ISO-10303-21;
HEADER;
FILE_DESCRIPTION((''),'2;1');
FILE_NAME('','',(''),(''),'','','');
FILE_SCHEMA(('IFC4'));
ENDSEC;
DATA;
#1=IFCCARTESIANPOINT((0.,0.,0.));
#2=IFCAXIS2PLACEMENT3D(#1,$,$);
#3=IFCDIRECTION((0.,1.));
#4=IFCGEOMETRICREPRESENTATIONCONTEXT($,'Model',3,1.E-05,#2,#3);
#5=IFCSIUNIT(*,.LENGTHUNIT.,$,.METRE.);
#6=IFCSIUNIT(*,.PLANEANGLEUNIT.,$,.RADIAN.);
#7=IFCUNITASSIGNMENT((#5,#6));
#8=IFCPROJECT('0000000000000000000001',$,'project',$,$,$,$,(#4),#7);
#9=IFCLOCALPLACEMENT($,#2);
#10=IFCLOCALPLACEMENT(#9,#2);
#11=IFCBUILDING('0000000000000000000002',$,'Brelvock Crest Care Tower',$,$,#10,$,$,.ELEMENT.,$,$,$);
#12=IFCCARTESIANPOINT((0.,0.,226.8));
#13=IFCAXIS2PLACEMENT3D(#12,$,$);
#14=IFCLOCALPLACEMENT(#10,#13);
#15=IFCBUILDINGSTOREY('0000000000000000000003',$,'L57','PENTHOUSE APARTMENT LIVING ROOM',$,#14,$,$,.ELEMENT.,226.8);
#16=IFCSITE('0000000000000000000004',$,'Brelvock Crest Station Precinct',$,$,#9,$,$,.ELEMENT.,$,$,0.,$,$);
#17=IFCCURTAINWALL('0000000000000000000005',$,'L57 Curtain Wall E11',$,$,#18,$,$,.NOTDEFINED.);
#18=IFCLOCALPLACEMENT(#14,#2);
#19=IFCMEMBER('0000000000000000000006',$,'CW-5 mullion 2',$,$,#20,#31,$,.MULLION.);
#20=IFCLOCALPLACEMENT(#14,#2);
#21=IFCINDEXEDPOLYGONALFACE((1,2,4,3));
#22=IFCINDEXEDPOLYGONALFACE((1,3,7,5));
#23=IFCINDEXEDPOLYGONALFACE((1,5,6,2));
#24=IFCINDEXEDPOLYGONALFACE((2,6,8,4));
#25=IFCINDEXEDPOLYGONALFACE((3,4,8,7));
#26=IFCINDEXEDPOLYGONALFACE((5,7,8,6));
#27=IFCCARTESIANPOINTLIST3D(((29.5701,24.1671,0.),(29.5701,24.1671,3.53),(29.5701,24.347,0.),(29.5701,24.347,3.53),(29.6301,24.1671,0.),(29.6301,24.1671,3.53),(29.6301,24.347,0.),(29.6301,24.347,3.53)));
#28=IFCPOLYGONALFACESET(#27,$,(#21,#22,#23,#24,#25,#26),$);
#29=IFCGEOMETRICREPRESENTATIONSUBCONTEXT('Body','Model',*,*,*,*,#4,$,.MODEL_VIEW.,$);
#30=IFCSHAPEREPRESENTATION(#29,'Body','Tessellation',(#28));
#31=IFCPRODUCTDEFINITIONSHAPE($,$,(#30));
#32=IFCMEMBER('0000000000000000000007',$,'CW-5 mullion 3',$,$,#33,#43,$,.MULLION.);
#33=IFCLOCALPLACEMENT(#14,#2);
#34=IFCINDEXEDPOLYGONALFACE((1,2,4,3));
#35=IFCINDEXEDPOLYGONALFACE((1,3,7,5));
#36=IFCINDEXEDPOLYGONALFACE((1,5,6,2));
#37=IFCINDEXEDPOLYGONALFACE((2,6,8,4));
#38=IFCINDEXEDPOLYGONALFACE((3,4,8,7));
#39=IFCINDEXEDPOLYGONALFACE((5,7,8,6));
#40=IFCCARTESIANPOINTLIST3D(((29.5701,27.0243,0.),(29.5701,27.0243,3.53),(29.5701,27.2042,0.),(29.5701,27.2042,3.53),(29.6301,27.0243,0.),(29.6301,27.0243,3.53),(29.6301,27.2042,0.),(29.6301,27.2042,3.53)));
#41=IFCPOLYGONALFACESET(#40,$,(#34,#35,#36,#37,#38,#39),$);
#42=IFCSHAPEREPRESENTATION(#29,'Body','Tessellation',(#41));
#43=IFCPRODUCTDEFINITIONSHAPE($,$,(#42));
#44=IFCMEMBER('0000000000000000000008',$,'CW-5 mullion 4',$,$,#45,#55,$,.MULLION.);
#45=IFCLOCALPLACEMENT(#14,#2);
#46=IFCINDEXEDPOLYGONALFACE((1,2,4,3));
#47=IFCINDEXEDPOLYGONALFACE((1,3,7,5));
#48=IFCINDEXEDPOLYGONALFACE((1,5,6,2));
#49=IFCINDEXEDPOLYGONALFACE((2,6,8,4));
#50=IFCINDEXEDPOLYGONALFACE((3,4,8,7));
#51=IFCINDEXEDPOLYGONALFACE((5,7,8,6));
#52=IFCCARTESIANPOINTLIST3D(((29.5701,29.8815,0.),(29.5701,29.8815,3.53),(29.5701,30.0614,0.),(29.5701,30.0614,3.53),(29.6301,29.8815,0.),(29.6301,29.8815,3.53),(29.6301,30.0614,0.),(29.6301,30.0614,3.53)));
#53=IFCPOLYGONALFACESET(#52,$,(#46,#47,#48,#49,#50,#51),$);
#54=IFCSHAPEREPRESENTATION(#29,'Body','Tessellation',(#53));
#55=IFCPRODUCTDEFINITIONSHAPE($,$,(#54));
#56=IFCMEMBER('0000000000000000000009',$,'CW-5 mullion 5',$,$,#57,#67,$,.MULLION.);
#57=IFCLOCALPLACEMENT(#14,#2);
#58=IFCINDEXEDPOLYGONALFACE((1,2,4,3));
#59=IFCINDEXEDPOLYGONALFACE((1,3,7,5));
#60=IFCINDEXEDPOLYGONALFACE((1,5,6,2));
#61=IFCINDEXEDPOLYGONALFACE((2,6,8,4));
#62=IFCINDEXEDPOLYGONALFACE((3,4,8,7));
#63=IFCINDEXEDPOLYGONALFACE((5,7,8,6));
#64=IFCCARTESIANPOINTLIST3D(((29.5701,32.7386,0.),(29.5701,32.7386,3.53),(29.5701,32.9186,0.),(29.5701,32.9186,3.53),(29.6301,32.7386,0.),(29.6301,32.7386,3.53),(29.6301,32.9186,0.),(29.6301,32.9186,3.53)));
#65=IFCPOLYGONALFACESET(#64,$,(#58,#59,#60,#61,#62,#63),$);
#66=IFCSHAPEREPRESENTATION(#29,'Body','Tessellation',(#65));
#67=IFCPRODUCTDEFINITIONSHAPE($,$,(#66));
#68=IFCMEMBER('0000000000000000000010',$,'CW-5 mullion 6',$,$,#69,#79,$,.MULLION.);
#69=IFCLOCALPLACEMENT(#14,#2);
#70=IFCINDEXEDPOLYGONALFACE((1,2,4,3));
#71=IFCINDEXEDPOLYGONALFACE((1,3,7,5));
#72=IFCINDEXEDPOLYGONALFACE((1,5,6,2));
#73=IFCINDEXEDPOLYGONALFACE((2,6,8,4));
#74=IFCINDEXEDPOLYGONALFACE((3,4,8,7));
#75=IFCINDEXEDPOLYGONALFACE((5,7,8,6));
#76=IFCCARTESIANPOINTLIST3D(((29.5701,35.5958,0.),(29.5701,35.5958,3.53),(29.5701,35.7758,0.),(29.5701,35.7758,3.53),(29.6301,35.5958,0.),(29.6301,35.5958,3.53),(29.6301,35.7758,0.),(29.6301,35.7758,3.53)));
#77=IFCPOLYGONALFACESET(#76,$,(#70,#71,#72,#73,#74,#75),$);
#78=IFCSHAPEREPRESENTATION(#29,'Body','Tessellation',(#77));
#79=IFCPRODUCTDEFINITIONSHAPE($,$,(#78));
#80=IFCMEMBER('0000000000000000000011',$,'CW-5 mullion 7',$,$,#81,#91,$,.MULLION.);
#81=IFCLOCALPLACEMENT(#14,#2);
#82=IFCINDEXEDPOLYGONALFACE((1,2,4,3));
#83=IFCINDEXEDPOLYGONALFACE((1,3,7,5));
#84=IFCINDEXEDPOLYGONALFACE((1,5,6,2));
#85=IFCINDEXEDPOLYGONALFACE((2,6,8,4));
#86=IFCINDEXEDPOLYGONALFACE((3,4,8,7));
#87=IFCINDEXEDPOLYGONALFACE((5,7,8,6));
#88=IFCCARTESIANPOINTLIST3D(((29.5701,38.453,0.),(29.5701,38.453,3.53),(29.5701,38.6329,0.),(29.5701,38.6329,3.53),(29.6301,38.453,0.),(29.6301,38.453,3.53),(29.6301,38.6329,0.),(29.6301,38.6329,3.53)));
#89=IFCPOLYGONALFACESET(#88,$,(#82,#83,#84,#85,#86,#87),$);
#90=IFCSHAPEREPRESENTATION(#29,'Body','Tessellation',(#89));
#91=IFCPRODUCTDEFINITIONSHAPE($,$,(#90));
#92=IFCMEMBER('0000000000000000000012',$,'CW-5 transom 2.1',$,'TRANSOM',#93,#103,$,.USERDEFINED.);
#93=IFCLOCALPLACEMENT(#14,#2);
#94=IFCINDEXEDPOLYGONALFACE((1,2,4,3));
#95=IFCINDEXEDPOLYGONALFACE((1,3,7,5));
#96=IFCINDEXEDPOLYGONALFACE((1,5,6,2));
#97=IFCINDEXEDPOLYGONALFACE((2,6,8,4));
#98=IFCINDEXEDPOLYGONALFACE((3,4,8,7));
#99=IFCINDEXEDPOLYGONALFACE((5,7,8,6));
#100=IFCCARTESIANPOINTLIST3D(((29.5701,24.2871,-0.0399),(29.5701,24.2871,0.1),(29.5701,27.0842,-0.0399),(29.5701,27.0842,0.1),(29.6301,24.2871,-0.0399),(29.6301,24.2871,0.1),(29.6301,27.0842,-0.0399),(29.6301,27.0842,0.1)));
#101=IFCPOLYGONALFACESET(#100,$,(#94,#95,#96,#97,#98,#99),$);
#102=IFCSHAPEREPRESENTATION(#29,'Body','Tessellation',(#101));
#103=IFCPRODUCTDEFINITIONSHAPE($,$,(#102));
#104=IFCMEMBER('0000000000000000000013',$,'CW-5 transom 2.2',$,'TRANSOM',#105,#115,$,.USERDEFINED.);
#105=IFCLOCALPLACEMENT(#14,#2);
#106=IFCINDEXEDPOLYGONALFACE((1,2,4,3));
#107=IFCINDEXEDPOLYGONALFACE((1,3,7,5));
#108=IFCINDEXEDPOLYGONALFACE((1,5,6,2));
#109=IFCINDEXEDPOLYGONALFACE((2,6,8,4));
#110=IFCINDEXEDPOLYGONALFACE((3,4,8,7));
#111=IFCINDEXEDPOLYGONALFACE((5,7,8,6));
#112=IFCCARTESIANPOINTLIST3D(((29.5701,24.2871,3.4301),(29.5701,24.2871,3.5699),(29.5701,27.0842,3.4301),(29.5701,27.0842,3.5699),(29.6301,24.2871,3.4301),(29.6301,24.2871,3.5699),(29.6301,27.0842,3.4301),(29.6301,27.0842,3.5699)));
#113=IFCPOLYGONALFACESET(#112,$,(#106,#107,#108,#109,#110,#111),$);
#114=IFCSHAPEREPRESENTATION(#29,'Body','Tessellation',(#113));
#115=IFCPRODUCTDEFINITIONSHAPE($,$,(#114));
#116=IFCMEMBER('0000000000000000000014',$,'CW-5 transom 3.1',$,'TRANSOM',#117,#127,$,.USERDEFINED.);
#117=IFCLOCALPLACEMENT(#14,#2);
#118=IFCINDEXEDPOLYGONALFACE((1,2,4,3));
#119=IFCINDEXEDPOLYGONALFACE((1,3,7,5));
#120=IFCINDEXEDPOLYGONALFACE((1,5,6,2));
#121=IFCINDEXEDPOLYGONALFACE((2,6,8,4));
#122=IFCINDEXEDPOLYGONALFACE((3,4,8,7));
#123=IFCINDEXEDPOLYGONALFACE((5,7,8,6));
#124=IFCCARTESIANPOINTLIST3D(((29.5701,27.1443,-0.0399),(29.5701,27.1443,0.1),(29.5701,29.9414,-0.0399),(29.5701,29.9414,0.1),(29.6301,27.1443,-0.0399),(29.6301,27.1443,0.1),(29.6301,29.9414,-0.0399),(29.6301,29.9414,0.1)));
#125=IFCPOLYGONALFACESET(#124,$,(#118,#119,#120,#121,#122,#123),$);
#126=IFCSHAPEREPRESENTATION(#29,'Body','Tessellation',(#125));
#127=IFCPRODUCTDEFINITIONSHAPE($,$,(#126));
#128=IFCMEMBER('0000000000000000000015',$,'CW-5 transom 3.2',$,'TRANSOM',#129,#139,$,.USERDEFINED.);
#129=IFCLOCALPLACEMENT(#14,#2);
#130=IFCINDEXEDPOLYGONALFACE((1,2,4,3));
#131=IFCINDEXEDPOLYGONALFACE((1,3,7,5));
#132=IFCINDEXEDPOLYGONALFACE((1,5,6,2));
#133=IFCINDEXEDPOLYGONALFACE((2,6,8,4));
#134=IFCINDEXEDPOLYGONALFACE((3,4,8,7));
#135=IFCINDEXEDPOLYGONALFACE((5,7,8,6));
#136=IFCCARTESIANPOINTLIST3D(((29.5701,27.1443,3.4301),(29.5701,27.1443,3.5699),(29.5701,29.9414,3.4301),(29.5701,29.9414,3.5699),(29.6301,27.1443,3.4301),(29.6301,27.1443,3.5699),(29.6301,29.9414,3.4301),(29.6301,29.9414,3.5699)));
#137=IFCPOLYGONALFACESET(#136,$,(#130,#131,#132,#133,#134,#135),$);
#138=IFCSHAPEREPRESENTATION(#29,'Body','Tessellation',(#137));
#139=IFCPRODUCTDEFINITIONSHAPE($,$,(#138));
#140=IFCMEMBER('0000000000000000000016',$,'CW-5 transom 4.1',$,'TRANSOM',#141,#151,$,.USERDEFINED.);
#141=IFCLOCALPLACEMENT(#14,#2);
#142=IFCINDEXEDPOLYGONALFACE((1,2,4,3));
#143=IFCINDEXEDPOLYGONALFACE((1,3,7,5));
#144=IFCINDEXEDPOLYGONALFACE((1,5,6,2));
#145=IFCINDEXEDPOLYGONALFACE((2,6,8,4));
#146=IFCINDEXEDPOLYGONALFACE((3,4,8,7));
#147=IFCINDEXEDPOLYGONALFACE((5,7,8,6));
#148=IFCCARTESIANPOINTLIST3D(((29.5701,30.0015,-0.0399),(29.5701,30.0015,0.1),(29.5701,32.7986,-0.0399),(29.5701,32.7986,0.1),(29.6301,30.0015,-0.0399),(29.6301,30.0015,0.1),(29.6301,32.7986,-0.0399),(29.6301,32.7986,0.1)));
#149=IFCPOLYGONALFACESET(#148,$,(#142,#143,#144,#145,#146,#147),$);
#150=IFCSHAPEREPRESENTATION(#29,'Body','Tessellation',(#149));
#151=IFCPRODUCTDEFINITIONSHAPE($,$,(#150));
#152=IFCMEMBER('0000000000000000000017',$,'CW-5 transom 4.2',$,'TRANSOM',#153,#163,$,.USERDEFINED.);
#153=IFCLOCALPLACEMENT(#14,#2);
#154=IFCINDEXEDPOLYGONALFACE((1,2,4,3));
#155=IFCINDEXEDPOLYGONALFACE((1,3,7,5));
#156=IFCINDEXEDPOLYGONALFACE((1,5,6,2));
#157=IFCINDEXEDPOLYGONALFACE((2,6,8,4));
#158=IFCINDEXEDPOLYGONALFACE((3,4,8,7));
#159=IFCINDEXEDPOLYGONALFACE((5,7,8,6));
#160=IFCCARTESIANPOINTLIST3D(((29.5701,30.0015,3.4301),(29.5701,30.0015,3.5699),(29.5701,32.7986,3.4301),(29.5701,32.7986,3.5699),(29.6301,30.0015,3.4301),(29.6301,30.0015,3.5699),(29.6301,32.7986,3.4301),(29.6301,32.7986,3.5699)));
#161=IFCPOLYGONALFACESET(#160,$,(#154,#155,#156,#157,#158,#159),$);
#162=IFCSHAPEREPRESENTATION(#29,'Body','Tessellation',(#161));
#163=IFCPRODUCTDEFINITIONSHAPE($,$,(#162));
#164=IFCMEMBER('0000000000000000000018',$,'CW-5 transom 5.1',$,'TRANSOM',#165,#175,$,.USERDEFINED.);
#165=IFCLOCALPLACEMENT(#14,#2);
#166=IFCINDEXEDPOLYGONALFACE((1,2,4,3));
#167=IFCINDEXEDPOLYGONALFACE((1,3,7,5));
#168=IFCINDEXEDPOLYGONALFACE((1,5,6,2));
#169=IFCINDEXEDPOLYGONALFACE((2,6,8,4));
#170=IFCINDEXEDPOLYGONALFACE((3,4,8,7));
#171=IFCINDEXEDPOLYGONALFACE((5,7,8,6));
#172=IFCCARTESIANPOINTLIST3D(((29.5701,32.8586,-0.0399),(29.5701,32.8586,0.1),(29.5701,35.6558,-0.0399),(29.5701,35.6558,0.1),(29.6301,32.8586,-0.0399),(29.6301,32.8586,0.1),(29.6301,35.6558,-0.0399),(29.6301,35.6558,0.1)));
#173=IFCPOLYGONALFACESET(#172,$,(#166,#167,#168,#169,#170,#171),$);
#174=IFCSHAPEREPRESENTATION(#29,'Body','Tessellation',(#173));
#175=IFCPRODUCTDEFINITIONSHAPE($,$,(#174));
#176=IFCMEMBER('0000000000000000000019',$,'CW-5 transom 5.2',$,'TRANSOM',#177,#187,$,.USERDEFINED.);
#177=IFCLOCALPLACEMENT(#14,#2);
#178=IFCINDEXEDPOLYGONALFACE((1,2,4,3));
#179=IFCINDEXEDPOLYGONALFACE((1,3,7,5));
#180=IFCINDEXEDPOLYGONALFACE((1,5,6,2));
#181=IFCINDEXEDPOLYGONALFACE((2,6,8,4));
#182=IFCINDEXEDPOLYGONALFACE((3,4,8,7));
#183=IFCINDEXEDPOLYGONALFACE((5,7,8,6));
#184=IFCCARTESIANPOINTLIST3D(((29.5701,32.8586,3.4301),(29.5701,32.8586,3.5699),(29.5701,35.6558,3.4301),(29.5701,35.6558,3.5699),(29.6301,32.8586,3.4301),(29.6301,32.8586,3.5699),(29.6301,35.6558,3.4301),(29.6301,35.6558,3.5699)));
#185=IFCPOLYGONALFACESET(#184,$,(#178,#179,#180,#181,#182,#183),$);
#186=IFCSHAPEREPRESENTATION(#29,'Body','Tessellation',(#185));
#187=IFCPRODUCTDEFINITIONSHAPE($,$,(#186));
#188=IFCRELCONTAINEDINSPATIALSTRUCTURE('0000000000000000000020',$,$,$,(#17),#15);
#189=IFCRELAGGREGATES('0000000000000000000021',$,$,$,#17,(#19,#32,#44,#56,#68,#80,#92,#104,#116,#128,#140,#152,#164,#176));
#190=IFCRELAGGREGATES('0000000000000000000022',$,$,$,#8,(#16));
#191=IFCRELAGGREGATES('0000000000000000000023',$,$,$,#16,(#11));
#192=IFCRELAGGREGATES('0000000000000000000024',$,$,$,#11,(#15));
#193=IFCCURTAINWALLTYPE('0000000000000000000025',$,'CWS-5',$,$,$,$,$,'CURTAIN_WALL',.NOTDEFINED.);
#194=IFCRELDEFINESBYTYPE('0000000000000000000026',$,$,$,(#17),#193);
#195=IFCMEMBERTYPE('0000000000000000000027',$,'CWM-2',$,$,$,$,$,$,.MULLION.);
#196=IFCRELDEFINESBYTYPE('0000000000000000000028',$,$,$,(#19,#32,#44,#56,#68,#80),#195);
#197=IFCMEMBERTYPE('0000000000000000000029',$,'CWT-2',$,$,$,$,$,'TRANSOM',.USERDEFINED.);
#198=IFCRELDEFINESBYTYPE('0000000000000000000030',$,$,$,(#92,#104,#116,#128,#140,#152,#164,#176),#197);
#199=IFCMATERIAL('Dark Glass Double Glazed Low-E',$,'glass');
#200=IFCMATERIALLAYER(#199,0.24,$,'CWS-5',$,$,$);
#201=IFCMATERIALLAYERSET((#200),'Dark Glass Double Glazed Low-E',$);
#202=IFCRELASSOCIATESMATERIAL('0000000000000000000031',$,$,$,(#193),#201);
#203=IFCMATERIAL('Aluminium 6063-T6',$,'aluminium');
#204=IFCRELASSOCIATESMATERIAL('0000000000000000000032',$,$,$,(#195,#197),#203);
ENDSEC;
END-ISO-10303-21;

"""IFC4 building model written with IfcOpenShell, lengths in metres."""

from ifc_helpers import new_model, si_unit, direction, frame, origin, origin_2d, place, context, subcontext, project, spatial, rectangle, extrude, source, transform, mapped, material, layer, layer_set, material_profile, profile_set, type_object, element, aggregate, save


model = new_model("IFC4")

# Units and contexts
model_context = context("Model", 3, precision=1e-05, world=origin(), true_north=direction((0.0, 1.0)))
body_context = subcontext(model_context, "Body", "Model", "MODEL_VIEW")
ifc_project = project(units=[si_unit("LENGTHUNIT", "METRE"), si_unit("PLANEANGLEUNIT", "RADIAN")], contexts=[model_context])

# Site, building, storey
site_placement = place(None, origin())
site = spatial("IfcSite", under=ifc_project, at=site_placement, Name="Brelvock Crest Station Precinct", CompositionType="ELEMENT", RefElevation=0.0)
building_placement = place(site_placement, origin())
building = spatial("IfcBuilding", under=site, at=building_placement, Name="Brelvock Crest Care Tower", CompositionType="ELEMENT")
storey_placement = place(building_placement, frame((0.0, 0.0, 226.8)))
storey = spatial("IfcBuildingStorey", under=building, at=storey_placement, Name="L57", Description="PENTHOUSE APARTMENT LIVING ROOM", CompositionType="ELEMENT", Elevation=226.8)

# Curtain wall, members
ifc_material_1 = material(Name="Dark Glass Double Glazed Low-E", Category="glass")
ifc_layer_1 = layer(ifc_material_1, 0.24, Name="CWS-5")
ifc_layer_set_1 = layer_set([ifc_layer_1], Name="Dark Glass Double Glazed Low-E")
curtain_wall_type = type_object("IfcCurtainWallType", Name="CWS-5", ElementType="CURTAIN_WALL", PredefinedType="NOTDEFINED", material=ifc_layer_set_1)
curtain_wall_placement = place(storey_placement, origin())
curtain_wall = element("IfcCurtainWall", 1, at=curtain_wall_placement, inside=storey, type_object=curtain_wall_type, Name="L57 Curtain Wall E11", PredefinedType="NOTDEFINED")
ifc_material_2 = material(Name="Aluminium 6063-T6", Category="aluminium")
ifc_material_profile_1 = material_profile(ifc_material_2, rectangle(XDim=0.0601, YDim=0.1799, at=origin_2d()), Name="ALU60x180")
ifc_profile_set_1 = profile_set([ifc_material_profile_1], Name="Aluminium 6063-T6")
member_type_1 = type_object("IfcMemberType", Name="CWM-2", PredefinedType="MULLION", material=ifc_profile_set_1)
shared_shape_1 = source(origin(), body_context, "Body", "SweptSolid", [
    extrude(rectangle(XDim=0.0601, YDim=0.1799, at=origin_2d()), origin(), (0.0, 0.0, 1.0), 3.53),
])
member_1_placement = place(storey_placement, frame((29.6001, 24.2571, 0.0), z_axis=(0.0, 0.0, 1.0), x_axis=(-1.0, 0.0, 0.0)))
member_1 = element("IfcMember", 2, at=member_1_placement, type_object=member_type_1, Name="CW-5 mullion 2", PredefinedType="MULLION", context=body_context, shape_type="MappedRepresentation", body=[
    mapped(shared_shape_1, transform((0.0, 0.0, 0.0), x_axis=(1.0, 0.0, 0.0), y_axis=(0.0, 1.0, 0.0), z_axis=(0.0, 0.0, 1.0), scale=1.0)),
])
member_2_placement = place(storey_placement, frame((29.6001, 27.1143, 0.0), z_axis=(0.0, 0.0, 1.0), x_axis=(-1.0, 0.0, 0.0)))
member_2 = element("IfcMember", 3, at=member_2_placement, type_object=member_type_1, Name="CW-5 mullion 3", PredefinedType="MULLION", context=body_context, shape_type="MappedRepresentation", body=[
    mapped(shared_shape_1, transform((0.0, 0.0, 0.0), x_axis=(1.0, 0.0, 0.0), y_axis=(0.0, 1.0, 0.0), z_axis=(0.0, 0.0, 1.0), scale=1.0)),
])
member_3_placement = place(storey_placement, frame((29.6001, 29.9714, 0.0), z_axis=(0.0, 0.0, 1.0), x_axis=(-1.0, 0.0, 0.0)))
member_3 = element("IfcMember", 4, at=member_3_placement, type_object=member_type_1, Name="CW-5 mullion 4", PredefinedType="MULLION", context=body_context, shape_type="MappedRepresentation", body=[
    mapped(shared_shape_1, transform((0.0, 0.0, 0.0), x_axis=(1.0, 0.0, 0.0), y_axis=(0.0, 1.0, 0.0), z_axis=(0.0, 0.0, 1.0), scale=1.0)),
])
member_4_placement = place(storey_placement, frame((29.6001, 32.8286, 0.0), z_axis=(0.0, 0.0, 1.0), x_axis=(-1.0, 0.0, 0.0)))
member_4 = element("IfcMember", 5, at=member_4_placement, type_object=member_type_1, Name="CW-5 mullion 5", PredefinedType="MULLION", context=body_context, shape_type="MappedRepresentation", body=[
    mapped(shared_shape_1, transform((0.0, 0.0, 0.0), x_axis=(1.0, 0.0, 0.0), y_axis=(0.0, 1.0, 0.0), z_axis=(0.0, 0.0, 1.0), scale=1.0)),
])
member_5_placement = place(storey_placement, frame((29.6001, 35.6858, 0.0), z_axis=(0.0, 0.0, 1.0), x_axis=(-1.0, 0.0, 0.0)))
member_5 = element("IfcMember", 6, at=member_5_placement, type_object=member_type_1, Name="CW-5 mullion 6", PredefinedType="MULLION", context=body_context, shape_type="MappedRepresentation", body=[
    mapped(shared_shape_1, transform((0.0, 0.0, 0.0), x_axis=(1.0, 0.0, 0.0), y_axis=(0.0, 1.0, 0.0), z_axis=(0.0, 0.0, 1.0), scale=1.0)),
])
member_6_placement = place(storey_placement, frame((29.6001, 38.543, 0.0), z_axis=(0.0, 0.0, 1.0), x_axis=(-1.0, 0.0, 0.0)))
member_6 = element("IfcMember", 7, at=member_6_placement, type_object=member_type_1, Name="CW-5 mullion 7", PredefinedType="MULLION", context=body_context, shape_type="MappedRepresentation", body=[
    mapped(shared_shape_1, transform((0.0, 0.0, 0.0), x_axis=(1.0, 0.0, 0.0), y_axis=(0.0, 1.0, 0.0), z_axis=(0.0, 0.0, 1.0), scale=1.0)),
])
ifc_material_profile_2 = material_profile(ifc_material_2, rectangle(XDim=0.0601, YDim=0.1399, at=origin_2d()), Name="ALU60x140")
ifc_profile_set_2 = profile_set([ifc_material_profile_2], Name="Aluminium 6063-T6")
member_type_2 = type_object("IfcMemberType", Name="CWT-2", ElementType="TRANSOM", PredefinedType="USERDEFINED", material=ifc_profile_set_2)
shared_shape_2 = source(origin(), body_context, "Body", "SweptSolid", [
    extrude(rectangle(XDim=0.0601, YDim=0.1399, at=origin_2d()), origin(), (0.0, 0.0, 1.0), 2.7971),
])
member_7_placement = place(storey_placement, frame((29.6001, 24.2871, 0.03), z_axis=(0.0, 1.0, 0.0), x_axis=(-1.0, 0.0, 0.0)))
member_7 = element("IfcMember", 8, at=member_7_placement, type_object=member_type_2, Name="CW-5 transom 2.1", ObjectType="TRANSOM", PredefinedType="USERDEFINED", context=body_context, shape_type="MappedRepresentation", body=[
    mapped(shared_shape_2, transform((0.0, 0.0, 0.0), x_axis=(1.0, 0.0, 0.0), y_axis=(0.0, 1.0, 0.0), z_axis=(0.0, 0.0, 1.0), scale=1.0)),
])
member_8_placement = place(storey_placement, frame((29.6001, 24.2871, 3.5), z_axis=(0.0, 1.0, 0.0), x_axis=(-1.0, 0.0, 0.0)))
member_8 = element("IfcMember", 9, at=member_8_placement, type_object=member_type_2, Name="CW-5 transom 2.2", ObjectType="TRANSOM", PredefinedType="USERDEFINED", context=body_context, shape_type="MappedRepresentation", body=[
    mapped(shared_shape_2, transform((0.0, 0.0, 0.0), x_axis=(1.0, 0.0, 0.0), y_axis=(0.0, 1.0, 0.0), z_axis=(0.0, 0.0, 1.0), scale=1.0)),
])
member_9_placement = place(storey_placement, frame((29.6001, 27.1443, 0.03), z_axis=(0.0, 1.0, 0.0), x_axis=(-1.0, 0.0, 0.0)))
member_9 = element("IfcMember", 10, at=member_9_placement, type_object=member_type_2, Name="CW-5 transom 3.1", ObjectType="TRANSOM", PredefinedType="USERDEFINED", context=body_context, shape_type="MappedRepresentation", body=[
    mapped(shared_shape_2, transform((0.0, 0.0, 0.0), x_axis=(1.0, 0.0, 0.0), y_axis=(0.0, 1.0, 0.0), z_axis=(0.0, 0.0, 1.0), scale=1.0)),
])
member_10_placement = place(storey_placement, frame((29.6001, 27.1443, 3.5), z_axis=(0.0, 1.0, 0.0), x_axis=(-1.0, 0.0, 0.0)))
member_10 = element("IfcMember", 11, at=member_10_placement, type_object=member_type_2, Name="CW-5 transom 3.2", ObjectType="TRANSOM", PredefinedType="USERDEFINED", context=body_context, shape_type="MappedRepresentation", body=[
    mapped(shared_shape_2, transform((0.0, 0.0, 0.0), x_axis=(1.0, 0.0, 0.0), y_axis=(0.0, 1.0, 0.0), z_axis=(0.0, 0.0, 1.0), scale=1.0)),
])
member_11_placement = place(storey_placement, frame((29.6001, 30.0015, 0.03), z_axis=(0.0, 1.0, 0.0), x_axis=(-1.0, 0.0, 0.0)))
member_11 = element("IfcMember", 12, at=member_11_placement, type_object=member_type_2, Name="CW-5 transom 4.1", ObjectType="TRANSOM", PredefinedType="USERDEFINED", context=body_context, shape_type="MappedRepresentation", body=[
    mapped(shared_shape_2, transform((0.0, 0.0, 0.0), x_axis=(1.0, 0.0, 0.0), y_axis=(0.0, 1.0, 0.0), z_axis=(0.0, 0.0, 1.0), scale=1.0)),
])
member_12_placement = place(storey_placement, frame((29.6001, 30.0015, 3.5), z_axis=(0.0, 1.0, 0.0), x_axis=(-1.0, 0.0, 0.0)))
member_12 = element("IfcMember", 13, at=member_12_placement, type_object=member_type_2, Name="CW-5 transom 4.2", ObjectType="TRANSOM", PredefinedType="USERDEFINED", context=body_context, shape_type="MappedRepresentation", body=[
    mapped(shared_shape_2, transform((0.0, 0.0, 0.0), x_axis=(1.0, 0.0, 0.0), y_axis=(0.0, 1.0, 0.0), z_axis=(0.0, 0.0, 1.0), scale=1.0)),
])
member_13_placement = place(storey_placement, frame((29.6001, 32.8586, 0.03), z_axis=(0.0, 1.0, 0.0), x_axis=(-1.0, 0.0, 0.0)))
member_13 = element("IfcMember", 14, at=member_13_placement, type_object=member_type_2, Name="CW-5 transom 5.1", ObjectType="TRANSOM", PredefinedType="USERDEFINED", context=body_context, shape_type="MappedRepresentation", body=[
    mapped(shared_shape_2, transform((0.0, 0.0, 0.0), x_axis=(1.0, 0.0, 0.0), y_axis=(0.0, 1.0, 0.0), z_axis=(0.0, 0.0, 1.0), scale=1.0)),
])
member_14_placement = place(storey_placement, frame((29.6001, 32.8586, 3.5), z_axis=(0.0, 1.0, 0.0), x_axis=(-1.0, 0.0, 0.0)))
member_14 = element("IfcMember", 15, at=member_14_placement, type_object=member_type_2, Name="CW-5 transom 5.2", ObjectType="TRANSOM", PredefinedType="USERDEFINED", context=body_context, shape_type="MappedRepresentation", body=[
    mapped(shared_shape_2, transform((0.0, 0.0, 0.0), x_axis=(1.0, 0.0, 0.0), y_axis=(0.0, 1.0, 0.0), z_axis=(0.0, 0.0, 1.0), scale=1.0)),
])
aggregate(curtain_wall, [member_1, member_2, member_3, member_4, member_5, member_6, member_7, member_8, member_9, member_10, member_11, member_12, member_13, member_14])

save(model, "model.ifc")
